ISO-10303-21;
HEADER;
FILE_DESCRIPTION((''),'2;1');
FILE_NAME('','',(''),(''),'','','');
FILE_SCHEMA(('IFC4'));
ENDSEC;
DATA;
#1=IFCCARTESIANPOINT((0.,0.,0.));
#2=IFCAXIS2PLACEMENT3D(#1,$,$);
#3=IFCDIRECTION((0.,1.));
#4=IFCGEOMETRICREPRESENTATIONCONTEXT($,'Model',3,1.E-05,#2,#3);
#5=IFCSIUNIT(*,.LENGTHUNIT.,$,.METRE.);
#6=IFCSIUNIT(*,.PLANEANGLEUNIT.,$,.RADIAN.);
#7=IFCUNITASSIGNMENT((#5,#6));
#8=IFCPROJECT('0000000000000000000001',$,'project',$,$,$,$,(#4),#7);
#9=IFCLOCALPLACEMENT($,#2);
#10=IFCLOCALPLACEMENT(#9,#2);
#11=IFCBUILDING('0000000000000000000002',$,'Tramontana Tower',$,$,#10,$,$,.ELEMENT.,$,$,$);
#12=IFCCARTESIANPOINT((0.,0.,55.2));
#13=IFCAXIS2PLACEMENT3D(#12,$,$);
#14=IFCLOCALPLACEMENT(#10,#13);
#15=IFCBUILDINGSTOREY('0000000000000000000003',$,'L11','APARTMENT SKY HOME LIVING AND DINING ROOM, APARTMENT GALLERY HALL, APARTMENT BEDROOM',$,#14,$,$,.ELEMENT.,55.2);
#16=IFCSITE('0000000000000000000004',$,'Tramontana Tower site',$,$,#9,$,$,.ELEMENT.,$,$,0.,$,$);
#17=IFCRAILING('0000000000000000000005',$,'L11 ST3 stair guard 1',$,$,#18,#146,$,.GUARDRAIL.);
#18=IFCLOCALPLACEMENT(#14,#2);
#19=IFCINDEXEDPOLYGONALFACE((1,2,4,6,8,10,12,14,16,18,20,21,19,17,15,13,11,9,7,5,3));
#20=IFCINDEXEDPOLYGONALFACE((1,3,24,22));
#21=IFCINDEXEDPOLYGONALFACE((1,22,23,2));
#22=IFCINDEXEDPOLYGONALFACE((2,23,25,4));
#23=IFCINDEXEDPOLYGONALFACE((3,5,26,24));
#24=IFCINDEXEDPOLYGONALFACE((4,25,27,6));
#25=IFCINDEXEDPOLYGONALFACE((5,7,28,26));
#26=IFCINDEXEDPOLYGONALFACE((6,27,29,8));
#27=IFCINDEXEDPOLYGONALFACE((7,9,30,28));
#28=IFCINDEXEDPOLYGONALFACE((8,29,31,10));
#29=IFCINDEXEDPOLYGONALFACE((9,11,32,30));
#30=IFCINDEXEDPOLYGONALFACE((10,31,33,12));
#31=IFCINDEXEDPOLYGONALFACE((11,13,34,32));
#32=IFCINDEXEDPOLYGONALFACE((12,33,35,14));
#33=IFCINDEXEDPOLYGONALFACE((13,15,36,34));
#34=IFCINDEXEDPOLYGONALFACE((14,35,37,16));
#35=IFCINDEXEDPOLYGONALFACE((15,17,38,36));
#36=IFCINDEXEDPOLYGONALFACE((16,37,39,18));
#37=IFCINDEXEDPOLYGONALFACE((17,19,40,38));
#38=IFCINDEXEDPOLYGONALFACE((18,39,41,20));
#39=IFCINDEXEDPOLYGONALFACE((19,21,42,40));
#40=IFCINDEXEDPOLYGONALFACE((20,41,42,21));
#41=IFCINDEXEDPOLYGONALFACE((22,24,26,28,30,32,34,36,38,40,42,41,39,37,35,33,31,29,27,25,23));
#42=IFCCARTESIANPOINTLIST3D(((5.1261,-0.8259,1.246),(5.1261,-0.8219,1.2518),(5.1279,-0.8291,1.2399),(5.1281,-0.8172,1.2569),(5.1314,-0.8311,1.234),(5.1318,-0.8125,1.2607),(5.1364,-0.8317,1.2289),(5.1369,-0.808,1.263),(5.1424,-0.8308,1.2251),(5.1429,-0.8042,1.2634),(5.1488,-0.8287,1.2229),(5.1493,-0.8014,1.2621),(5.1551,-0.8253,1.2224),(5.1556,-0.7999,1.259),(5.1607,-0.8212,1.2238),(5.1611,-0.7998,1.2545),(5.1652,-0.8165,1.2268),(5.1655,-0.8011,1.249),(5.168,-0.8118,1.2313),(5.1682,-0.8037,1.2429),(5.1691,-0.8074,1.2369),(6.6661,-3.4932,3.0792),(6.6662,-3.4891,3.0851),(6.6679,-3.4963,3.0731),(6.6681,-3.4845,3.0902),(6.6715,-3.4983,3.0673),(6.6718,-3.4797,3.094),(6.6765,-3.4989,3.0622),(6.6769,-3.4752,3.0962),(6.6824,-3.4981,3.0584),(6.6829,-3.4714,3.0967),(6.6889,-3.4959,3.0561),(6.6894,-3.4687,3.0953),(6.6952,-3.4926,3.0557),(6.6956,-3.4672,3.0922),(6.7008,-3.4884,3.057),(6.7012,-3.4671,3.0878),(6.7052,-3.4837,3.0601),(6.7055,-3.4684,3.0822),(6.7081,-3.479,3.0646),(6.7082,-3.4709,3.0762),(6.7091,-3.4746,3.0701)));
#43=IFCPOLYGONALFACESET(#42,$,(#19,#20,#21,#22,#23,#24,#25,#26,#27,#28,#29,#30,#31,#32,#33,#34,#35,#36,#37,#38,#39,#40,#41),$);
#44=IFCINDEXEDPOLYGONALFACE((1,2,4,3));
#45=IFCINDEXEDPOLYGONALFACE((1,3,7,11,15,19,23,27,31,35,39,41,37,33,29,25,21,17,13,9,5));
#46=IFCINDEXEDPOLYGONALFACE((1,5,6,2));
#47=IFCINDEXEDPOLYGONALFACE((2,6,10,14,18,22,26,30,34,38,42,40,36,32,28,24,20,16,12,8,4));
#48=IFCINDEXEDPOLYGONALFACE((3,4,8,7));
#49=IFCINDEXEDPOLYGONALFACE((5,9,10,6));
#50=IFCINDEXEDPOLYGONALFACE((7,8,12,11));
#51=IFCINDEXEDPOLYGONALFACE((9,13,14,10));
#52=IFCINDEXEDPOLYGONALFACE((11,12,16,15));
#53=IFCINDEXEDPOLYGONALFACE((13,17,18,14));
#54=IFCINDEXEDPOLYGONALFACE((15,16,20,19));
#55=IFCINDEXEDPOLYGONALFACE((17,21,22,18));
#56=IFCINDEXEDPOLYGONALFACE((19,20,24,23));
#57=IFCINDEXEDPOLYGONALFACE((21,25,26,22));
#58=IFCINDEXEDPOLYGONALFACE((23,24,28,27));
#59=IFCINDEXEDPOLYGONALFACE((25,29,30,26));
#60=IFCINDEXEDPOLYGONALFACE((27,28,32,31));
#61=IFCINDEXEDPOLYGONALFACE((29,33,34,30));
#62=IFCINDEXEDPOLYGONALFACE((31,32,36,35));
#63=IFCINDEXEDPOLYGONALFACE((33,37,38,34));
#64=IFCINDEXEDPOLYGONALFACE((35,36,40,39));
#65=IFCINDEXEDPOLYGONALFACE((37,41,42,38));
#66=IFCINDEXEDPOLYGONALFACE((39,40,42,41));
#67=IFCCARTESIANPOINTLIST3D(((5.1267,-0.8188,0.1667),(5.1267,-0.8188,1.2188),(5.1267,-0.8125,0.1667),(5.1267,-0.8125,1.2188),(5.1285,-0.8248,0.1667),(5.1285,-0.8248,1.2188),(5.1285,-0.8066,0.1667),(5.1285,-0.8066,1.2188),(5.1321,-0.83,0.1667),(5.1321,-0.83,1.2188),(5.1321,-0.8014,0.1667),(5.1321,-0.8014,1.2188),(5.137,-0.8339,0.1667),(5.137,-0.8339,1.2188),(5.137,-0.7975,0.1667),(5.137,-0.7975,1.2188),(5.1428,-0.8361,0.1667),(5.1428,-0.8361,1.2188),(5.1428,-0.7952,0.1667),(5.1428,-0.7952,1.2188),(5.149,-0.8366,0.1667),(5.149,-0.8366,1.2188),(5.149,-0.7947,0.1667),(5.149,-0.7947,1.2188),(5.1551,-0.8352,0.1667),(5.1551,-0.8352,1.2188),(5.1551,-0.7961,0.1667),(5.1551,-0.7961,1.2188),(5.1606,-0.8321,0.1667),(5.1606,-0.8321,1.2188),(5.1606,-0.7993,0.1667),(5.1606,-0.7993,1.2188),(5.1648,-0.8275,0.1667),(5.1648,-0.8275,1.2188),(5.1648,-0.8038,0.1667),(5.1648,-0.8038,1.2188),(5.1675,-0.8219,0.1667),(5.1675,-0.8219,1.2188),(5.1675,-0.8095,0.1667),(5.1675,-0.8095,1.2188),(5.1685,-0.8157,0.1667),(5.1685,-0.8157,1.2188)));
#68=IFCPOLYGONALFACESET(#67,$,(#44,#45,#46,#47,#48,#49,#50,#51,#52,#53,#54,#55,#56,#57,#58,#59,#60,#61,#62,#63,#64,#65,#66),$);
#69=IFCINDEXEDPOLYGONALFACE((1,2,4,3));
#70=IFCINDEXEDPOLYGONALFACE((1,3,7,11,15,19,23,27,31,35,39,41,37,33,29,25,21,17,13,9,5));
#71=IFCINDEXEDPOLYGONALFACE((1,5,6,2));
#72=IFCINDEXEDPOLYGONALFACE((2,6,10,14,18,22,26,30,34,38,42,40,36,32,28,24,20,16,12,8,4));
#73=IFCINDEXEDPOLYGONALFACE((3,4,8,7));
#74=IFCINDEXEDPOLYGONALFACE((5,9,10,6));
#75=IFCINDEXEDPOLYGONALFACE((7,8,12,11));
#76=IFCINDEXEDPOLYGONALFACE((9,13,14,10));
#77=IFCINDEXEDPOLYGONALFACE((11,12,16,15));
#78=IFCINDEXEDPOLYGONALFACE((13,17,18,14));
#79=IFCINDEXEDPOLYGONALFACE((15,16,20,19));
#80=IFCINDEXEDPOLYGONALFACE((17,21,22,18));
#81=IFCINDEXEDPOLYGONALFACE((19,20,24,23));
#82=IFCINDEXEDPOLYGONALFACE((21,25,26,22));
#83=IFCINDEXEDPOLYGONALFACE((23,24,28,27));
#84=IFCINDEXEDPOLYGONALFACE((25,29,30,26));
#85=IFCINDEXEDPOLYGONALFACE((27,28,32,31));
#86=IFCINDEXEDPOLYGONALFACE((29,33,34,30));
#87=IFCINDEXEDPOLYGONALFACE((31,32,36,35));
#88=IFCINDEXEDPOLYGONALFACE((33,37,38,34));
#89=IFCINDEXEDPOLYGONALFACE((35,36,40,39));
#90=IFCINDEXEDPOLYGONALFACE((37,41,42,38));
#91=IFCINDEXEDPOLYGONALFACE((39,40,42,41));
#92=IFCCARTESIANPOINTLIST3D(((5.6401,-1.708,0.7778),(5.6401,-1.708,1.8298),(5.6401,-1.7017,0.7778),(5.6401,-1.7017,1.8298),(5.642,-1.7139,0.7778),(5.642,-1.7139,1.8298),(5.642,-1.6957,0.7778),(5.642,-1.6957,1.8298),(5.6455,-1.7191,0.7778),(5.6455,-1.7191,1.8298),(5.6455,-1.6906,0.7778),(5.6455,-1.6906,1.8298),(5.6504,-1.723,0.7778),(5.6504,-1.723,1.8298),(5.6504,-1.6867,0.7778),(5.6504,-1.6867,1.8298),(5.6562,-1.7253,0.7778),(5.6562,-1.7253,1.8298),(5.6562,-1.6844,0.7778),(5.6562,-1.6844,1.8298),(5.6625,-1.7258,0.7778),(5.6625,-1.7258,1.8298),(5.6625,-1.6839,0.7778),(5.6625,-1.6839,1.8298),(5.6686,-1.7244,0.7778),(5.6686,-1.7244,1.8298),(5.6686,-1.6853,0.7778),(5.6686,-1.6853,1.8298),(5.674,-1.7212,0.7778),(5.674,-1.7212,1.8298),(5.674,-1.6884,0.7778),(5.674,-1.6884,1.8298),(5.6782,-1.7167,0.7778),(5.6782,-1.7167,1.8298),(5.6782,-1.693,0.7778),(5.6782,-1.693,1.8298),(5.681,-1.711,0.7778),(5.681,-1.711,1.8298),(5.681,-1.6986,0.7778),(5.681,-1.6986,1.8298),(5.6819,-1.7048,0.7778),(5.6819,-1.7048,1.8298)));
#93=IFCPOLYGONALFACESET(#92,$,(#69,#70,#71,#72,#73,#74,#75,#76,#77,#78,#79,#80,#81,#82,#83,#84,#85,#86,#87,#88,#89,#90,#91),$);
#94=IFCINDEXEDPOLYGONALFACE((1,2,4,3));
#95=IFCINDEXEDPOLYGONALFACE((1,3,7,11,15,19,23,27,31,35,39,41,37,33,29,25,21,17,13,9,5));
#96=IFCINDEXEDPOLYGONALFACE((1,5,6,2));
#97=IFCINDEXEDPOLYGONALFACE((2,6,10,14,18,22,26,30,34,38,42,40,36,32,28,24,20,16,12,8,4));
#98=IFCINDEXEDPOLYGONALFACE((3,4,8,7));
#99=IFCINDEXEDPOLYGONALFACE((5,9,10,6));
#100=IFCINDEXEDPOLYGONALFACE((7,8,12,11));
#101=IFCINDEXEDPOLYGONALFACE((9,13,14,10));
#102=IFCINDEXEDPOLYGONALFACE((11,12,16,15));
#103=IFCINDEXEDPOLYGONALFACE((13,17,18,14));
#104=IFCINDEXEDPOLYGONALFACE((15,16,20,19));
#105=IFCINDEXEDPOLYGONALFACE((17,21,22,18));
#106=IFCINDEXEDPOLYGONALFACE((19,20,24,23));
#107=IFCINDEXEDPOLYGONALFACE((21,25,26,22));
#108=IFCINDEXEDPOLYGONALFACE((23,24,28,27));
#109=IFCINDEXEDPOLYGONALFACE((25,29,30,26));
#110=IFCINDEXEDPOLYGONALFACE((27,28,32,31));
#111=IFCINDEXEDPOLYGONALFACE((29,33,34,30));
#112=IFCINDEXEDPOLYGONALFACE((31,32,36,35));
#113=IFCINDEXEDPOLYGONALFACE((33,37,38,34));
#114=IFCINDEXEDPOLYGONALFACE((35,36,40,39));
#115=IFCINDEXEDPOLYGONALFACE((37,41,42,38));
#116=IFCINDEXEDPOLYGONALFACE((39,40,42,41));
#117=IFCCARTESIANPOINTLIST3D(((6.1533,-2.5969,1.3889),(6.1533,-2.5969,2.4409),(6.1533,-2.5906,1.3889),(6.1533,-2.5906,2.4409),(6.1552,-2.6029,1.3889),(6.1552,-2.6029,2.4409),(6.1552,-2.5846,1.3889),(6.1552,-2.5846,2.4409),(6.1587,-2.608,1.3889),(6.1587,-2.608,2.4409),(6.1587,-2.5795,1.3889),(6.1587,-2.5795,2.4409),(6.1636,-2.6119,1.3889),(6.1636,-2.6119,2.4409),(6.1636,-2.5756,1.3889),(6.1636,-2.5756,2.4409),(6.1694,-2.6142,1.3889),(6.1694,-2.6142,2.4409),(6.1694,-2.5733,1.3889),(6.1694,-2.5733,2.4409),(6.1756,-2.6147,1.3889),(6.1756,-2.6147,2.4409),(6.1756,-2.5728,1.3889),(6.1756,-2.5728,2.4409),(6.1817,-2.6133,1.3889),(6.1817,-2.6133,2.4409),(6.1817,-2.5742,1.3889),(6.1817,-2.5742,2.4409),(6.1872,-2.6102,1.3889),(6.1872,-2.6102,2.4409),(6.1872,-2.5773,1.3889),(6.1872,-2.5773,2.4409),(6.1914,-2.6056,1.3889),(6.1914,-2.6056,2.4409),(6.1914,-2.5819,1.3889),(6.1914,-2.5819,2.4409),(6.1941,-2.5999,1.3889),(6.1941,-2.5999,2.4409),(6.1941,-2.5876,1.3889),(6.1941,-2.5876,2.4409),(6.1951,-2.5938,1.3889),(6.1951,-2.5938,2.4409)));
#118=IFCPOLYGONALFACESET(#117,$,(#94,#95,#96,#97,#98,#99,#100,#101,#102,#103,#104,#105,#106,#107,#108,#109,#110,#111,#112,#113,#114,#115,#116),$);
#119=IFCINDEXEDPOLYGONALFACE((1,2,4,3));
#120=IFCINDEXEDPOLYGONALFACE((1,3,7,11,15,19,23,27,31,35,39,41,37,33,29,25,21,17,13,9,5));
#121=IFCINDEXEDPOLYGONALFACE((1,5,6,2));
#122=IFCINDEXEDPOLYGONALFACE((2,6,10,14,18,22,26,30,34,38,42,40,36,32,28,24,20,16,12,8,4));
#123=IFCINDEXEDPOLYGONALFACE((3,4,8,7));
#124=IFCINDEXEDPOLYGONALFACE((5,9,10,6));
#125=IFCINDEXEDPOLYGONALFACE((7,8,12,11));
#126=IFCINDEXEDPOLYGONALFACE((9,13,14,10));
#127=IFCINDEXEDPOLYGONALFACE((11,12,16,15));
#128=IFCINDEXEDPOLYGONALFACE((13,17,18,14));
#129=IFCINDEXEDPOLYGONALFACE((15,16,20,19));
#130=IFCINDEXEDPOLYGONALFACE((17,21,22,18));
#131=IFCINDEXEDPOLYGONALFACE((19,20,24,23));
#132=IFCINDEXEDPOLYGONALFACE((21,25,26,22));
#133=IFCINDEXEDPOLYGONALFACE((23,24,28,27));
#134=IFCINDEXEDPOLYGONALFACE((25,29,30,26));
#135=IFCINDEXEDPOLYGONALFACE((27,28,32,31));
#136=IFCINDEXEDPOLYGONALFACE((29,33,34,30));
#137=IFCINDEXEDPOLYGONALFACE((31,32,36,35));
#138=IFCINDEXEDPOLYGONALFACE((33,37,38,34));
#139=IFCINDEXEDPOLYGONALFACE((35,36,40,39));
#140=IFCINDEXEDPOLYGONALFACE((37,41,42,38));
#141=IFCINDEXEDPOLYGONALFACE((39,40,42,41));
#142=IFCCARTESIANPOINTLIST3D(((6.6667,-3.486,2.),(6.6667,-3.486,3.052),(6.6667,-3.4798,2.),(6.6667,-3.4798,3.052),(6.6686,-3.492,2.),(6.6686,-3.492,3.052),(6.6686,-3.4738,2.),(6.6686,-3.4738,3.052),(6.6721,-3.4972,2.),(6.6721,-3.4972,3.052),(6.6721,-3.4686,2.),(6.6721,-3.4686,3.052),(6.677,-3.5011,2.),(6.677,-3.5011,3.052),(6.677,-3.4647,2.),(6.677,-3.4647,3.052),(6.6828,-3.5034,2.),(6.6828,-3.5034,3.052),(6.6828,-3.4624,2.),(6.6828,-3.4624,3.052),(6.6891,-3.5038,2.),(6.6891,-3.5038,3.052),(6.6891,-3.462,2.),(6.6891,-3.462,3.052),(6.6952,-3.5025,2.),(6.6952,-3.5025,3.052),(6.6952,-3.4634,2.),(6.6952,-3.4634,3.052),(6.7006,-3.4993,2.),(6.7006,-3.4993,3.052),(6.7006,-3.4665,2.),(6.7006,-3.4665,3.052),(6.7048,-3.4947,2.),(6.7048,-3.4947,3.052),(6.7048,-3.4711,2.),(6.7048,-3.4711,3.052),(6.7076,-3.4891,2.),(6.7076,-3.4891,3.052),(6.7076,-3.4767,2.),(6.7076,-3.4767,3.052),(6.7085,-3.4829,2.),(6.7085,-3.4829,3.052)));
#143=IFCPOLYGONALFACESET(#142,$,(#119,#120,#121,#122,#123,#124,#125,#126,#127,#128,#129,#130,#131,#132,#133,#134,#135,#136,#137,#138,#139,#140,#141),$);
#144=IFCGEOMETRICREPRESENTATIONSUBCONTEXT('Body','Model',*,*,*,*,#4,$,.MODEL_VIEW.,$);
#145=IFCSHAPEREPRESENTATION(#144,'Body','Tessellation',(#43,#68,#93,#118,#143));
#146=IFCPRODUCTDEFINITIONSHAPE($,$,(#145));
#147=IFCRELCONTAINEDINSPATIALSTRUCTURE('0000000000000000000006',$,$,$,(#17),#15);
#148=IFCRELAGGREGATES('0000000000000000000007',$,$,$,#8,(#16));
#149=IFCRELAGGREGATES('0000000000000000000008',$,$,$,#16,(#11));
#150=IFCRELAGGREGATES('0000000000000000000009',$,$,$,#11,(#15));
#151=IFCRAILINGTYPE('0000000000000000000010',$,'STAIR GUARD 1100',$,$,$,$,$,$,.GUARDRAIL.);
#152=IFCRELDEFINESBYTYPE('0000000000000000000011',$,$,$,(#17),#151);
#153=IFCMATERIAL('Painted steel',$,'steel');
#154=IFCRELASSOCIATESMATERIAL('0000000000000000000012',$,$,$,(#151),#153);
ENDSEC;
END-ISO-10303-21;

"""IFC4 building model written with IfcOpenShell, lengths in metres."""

from ifc_helpers import new_model, si_unit, direction, frame, origin, origin_2d, place, context, subcontext, project, spatial, circle, extrude, material, type_object, element, save


model = new_model("IFC4")

# Units and contexts
model_context = context("Model", 3, precision=1e-05, world=origin(), true_north=direction((0.0, 1.0)))
body_context = subcontext(model_context, "Body", "Model", "MODEL_VIEW")
ifc_project = project(units=[si_unit("LENGTHUNIT", "METRE"), si_unit("PLANEANGLEUNIT", "RADIAN")], contexts=[model_context])

# Site, building, storey
site_placement = place(None, origin())
site = spatial("IfcSite", under=ifc_project, at=site_placement, Name="Tramontana Tower site", CompositionType="ELEMENT", RefElevation=0.0)
building_placement = place(site_placement, origin())
building = spatial("IfcBuilding", under=site, at=building_placement, Name="Tramontana Tower", CompositionType="ELEMENT")
storey_placement = place(building_placement, frame((0.0, 0.0, 55.2)))
storey = spatial("IfcBuildingStorey", under=building, at=storey_placement, Name="L11", Description="APARTMENT SKY HOME LIVING AND DINING ROOM, APARTMENT GALLERY HALL, APARTMENT BEDROOM", CompositionType="ELEMENT", Elevation=55.2)

# Railing
ifc_material_1 = material(Name="Painted steel", Category="steel")
railing_type_1 = type_object("IfcRailingType", Name="STAIR GUARD 1100", PredefinedType="GUARDRAIL", material=ifc_material_1)
railing_1_placement = place(storey_placement, frame((5.1475, -0.8157, 0.1667)))
element("IfcRailing", 1, at=railing_1_placement, inside=storey, type_object=railing_type_1, Name="L11 ST3 stair guard 1", PredefinedType="GUARDRAIL", context=body_context, shape_type="SweptSolid", body=[
    extrude(circle(Radius=0.0239, at=origin_2d()), frame((0.0, 0.0, 1.0762), z_axis=(0.429671, -0.744159, 0.511478), x_axis=(0.86601, 0.500027, 0.0)), (0.0, 0.0, 1.0), 3.5842),
    extrude(circle(Radius=0.021, at=origin_2d()), origin(), (0.0, 0.0, 1.0), 1.052),
    extrude(circle(Radius=0.021, at=origin_2d()), frame((0.5134, -0.8892, 0.6111)), (0.0, 0.0, 1.0), 1.052),
    extrude(circle(Radius=0.021, at=origin_2d()), frame((1.0266, -1.7781, 1.2222)), (0.0, 0.0, 1.0), 1.052),
    extrude(circle(Radius=0.021, at=origin_2d()), frame((1.54, -2.6672, 1.8333)), (0.0, 0.0, 1.0), 1.052),
])

save(model, "model.ifc")
